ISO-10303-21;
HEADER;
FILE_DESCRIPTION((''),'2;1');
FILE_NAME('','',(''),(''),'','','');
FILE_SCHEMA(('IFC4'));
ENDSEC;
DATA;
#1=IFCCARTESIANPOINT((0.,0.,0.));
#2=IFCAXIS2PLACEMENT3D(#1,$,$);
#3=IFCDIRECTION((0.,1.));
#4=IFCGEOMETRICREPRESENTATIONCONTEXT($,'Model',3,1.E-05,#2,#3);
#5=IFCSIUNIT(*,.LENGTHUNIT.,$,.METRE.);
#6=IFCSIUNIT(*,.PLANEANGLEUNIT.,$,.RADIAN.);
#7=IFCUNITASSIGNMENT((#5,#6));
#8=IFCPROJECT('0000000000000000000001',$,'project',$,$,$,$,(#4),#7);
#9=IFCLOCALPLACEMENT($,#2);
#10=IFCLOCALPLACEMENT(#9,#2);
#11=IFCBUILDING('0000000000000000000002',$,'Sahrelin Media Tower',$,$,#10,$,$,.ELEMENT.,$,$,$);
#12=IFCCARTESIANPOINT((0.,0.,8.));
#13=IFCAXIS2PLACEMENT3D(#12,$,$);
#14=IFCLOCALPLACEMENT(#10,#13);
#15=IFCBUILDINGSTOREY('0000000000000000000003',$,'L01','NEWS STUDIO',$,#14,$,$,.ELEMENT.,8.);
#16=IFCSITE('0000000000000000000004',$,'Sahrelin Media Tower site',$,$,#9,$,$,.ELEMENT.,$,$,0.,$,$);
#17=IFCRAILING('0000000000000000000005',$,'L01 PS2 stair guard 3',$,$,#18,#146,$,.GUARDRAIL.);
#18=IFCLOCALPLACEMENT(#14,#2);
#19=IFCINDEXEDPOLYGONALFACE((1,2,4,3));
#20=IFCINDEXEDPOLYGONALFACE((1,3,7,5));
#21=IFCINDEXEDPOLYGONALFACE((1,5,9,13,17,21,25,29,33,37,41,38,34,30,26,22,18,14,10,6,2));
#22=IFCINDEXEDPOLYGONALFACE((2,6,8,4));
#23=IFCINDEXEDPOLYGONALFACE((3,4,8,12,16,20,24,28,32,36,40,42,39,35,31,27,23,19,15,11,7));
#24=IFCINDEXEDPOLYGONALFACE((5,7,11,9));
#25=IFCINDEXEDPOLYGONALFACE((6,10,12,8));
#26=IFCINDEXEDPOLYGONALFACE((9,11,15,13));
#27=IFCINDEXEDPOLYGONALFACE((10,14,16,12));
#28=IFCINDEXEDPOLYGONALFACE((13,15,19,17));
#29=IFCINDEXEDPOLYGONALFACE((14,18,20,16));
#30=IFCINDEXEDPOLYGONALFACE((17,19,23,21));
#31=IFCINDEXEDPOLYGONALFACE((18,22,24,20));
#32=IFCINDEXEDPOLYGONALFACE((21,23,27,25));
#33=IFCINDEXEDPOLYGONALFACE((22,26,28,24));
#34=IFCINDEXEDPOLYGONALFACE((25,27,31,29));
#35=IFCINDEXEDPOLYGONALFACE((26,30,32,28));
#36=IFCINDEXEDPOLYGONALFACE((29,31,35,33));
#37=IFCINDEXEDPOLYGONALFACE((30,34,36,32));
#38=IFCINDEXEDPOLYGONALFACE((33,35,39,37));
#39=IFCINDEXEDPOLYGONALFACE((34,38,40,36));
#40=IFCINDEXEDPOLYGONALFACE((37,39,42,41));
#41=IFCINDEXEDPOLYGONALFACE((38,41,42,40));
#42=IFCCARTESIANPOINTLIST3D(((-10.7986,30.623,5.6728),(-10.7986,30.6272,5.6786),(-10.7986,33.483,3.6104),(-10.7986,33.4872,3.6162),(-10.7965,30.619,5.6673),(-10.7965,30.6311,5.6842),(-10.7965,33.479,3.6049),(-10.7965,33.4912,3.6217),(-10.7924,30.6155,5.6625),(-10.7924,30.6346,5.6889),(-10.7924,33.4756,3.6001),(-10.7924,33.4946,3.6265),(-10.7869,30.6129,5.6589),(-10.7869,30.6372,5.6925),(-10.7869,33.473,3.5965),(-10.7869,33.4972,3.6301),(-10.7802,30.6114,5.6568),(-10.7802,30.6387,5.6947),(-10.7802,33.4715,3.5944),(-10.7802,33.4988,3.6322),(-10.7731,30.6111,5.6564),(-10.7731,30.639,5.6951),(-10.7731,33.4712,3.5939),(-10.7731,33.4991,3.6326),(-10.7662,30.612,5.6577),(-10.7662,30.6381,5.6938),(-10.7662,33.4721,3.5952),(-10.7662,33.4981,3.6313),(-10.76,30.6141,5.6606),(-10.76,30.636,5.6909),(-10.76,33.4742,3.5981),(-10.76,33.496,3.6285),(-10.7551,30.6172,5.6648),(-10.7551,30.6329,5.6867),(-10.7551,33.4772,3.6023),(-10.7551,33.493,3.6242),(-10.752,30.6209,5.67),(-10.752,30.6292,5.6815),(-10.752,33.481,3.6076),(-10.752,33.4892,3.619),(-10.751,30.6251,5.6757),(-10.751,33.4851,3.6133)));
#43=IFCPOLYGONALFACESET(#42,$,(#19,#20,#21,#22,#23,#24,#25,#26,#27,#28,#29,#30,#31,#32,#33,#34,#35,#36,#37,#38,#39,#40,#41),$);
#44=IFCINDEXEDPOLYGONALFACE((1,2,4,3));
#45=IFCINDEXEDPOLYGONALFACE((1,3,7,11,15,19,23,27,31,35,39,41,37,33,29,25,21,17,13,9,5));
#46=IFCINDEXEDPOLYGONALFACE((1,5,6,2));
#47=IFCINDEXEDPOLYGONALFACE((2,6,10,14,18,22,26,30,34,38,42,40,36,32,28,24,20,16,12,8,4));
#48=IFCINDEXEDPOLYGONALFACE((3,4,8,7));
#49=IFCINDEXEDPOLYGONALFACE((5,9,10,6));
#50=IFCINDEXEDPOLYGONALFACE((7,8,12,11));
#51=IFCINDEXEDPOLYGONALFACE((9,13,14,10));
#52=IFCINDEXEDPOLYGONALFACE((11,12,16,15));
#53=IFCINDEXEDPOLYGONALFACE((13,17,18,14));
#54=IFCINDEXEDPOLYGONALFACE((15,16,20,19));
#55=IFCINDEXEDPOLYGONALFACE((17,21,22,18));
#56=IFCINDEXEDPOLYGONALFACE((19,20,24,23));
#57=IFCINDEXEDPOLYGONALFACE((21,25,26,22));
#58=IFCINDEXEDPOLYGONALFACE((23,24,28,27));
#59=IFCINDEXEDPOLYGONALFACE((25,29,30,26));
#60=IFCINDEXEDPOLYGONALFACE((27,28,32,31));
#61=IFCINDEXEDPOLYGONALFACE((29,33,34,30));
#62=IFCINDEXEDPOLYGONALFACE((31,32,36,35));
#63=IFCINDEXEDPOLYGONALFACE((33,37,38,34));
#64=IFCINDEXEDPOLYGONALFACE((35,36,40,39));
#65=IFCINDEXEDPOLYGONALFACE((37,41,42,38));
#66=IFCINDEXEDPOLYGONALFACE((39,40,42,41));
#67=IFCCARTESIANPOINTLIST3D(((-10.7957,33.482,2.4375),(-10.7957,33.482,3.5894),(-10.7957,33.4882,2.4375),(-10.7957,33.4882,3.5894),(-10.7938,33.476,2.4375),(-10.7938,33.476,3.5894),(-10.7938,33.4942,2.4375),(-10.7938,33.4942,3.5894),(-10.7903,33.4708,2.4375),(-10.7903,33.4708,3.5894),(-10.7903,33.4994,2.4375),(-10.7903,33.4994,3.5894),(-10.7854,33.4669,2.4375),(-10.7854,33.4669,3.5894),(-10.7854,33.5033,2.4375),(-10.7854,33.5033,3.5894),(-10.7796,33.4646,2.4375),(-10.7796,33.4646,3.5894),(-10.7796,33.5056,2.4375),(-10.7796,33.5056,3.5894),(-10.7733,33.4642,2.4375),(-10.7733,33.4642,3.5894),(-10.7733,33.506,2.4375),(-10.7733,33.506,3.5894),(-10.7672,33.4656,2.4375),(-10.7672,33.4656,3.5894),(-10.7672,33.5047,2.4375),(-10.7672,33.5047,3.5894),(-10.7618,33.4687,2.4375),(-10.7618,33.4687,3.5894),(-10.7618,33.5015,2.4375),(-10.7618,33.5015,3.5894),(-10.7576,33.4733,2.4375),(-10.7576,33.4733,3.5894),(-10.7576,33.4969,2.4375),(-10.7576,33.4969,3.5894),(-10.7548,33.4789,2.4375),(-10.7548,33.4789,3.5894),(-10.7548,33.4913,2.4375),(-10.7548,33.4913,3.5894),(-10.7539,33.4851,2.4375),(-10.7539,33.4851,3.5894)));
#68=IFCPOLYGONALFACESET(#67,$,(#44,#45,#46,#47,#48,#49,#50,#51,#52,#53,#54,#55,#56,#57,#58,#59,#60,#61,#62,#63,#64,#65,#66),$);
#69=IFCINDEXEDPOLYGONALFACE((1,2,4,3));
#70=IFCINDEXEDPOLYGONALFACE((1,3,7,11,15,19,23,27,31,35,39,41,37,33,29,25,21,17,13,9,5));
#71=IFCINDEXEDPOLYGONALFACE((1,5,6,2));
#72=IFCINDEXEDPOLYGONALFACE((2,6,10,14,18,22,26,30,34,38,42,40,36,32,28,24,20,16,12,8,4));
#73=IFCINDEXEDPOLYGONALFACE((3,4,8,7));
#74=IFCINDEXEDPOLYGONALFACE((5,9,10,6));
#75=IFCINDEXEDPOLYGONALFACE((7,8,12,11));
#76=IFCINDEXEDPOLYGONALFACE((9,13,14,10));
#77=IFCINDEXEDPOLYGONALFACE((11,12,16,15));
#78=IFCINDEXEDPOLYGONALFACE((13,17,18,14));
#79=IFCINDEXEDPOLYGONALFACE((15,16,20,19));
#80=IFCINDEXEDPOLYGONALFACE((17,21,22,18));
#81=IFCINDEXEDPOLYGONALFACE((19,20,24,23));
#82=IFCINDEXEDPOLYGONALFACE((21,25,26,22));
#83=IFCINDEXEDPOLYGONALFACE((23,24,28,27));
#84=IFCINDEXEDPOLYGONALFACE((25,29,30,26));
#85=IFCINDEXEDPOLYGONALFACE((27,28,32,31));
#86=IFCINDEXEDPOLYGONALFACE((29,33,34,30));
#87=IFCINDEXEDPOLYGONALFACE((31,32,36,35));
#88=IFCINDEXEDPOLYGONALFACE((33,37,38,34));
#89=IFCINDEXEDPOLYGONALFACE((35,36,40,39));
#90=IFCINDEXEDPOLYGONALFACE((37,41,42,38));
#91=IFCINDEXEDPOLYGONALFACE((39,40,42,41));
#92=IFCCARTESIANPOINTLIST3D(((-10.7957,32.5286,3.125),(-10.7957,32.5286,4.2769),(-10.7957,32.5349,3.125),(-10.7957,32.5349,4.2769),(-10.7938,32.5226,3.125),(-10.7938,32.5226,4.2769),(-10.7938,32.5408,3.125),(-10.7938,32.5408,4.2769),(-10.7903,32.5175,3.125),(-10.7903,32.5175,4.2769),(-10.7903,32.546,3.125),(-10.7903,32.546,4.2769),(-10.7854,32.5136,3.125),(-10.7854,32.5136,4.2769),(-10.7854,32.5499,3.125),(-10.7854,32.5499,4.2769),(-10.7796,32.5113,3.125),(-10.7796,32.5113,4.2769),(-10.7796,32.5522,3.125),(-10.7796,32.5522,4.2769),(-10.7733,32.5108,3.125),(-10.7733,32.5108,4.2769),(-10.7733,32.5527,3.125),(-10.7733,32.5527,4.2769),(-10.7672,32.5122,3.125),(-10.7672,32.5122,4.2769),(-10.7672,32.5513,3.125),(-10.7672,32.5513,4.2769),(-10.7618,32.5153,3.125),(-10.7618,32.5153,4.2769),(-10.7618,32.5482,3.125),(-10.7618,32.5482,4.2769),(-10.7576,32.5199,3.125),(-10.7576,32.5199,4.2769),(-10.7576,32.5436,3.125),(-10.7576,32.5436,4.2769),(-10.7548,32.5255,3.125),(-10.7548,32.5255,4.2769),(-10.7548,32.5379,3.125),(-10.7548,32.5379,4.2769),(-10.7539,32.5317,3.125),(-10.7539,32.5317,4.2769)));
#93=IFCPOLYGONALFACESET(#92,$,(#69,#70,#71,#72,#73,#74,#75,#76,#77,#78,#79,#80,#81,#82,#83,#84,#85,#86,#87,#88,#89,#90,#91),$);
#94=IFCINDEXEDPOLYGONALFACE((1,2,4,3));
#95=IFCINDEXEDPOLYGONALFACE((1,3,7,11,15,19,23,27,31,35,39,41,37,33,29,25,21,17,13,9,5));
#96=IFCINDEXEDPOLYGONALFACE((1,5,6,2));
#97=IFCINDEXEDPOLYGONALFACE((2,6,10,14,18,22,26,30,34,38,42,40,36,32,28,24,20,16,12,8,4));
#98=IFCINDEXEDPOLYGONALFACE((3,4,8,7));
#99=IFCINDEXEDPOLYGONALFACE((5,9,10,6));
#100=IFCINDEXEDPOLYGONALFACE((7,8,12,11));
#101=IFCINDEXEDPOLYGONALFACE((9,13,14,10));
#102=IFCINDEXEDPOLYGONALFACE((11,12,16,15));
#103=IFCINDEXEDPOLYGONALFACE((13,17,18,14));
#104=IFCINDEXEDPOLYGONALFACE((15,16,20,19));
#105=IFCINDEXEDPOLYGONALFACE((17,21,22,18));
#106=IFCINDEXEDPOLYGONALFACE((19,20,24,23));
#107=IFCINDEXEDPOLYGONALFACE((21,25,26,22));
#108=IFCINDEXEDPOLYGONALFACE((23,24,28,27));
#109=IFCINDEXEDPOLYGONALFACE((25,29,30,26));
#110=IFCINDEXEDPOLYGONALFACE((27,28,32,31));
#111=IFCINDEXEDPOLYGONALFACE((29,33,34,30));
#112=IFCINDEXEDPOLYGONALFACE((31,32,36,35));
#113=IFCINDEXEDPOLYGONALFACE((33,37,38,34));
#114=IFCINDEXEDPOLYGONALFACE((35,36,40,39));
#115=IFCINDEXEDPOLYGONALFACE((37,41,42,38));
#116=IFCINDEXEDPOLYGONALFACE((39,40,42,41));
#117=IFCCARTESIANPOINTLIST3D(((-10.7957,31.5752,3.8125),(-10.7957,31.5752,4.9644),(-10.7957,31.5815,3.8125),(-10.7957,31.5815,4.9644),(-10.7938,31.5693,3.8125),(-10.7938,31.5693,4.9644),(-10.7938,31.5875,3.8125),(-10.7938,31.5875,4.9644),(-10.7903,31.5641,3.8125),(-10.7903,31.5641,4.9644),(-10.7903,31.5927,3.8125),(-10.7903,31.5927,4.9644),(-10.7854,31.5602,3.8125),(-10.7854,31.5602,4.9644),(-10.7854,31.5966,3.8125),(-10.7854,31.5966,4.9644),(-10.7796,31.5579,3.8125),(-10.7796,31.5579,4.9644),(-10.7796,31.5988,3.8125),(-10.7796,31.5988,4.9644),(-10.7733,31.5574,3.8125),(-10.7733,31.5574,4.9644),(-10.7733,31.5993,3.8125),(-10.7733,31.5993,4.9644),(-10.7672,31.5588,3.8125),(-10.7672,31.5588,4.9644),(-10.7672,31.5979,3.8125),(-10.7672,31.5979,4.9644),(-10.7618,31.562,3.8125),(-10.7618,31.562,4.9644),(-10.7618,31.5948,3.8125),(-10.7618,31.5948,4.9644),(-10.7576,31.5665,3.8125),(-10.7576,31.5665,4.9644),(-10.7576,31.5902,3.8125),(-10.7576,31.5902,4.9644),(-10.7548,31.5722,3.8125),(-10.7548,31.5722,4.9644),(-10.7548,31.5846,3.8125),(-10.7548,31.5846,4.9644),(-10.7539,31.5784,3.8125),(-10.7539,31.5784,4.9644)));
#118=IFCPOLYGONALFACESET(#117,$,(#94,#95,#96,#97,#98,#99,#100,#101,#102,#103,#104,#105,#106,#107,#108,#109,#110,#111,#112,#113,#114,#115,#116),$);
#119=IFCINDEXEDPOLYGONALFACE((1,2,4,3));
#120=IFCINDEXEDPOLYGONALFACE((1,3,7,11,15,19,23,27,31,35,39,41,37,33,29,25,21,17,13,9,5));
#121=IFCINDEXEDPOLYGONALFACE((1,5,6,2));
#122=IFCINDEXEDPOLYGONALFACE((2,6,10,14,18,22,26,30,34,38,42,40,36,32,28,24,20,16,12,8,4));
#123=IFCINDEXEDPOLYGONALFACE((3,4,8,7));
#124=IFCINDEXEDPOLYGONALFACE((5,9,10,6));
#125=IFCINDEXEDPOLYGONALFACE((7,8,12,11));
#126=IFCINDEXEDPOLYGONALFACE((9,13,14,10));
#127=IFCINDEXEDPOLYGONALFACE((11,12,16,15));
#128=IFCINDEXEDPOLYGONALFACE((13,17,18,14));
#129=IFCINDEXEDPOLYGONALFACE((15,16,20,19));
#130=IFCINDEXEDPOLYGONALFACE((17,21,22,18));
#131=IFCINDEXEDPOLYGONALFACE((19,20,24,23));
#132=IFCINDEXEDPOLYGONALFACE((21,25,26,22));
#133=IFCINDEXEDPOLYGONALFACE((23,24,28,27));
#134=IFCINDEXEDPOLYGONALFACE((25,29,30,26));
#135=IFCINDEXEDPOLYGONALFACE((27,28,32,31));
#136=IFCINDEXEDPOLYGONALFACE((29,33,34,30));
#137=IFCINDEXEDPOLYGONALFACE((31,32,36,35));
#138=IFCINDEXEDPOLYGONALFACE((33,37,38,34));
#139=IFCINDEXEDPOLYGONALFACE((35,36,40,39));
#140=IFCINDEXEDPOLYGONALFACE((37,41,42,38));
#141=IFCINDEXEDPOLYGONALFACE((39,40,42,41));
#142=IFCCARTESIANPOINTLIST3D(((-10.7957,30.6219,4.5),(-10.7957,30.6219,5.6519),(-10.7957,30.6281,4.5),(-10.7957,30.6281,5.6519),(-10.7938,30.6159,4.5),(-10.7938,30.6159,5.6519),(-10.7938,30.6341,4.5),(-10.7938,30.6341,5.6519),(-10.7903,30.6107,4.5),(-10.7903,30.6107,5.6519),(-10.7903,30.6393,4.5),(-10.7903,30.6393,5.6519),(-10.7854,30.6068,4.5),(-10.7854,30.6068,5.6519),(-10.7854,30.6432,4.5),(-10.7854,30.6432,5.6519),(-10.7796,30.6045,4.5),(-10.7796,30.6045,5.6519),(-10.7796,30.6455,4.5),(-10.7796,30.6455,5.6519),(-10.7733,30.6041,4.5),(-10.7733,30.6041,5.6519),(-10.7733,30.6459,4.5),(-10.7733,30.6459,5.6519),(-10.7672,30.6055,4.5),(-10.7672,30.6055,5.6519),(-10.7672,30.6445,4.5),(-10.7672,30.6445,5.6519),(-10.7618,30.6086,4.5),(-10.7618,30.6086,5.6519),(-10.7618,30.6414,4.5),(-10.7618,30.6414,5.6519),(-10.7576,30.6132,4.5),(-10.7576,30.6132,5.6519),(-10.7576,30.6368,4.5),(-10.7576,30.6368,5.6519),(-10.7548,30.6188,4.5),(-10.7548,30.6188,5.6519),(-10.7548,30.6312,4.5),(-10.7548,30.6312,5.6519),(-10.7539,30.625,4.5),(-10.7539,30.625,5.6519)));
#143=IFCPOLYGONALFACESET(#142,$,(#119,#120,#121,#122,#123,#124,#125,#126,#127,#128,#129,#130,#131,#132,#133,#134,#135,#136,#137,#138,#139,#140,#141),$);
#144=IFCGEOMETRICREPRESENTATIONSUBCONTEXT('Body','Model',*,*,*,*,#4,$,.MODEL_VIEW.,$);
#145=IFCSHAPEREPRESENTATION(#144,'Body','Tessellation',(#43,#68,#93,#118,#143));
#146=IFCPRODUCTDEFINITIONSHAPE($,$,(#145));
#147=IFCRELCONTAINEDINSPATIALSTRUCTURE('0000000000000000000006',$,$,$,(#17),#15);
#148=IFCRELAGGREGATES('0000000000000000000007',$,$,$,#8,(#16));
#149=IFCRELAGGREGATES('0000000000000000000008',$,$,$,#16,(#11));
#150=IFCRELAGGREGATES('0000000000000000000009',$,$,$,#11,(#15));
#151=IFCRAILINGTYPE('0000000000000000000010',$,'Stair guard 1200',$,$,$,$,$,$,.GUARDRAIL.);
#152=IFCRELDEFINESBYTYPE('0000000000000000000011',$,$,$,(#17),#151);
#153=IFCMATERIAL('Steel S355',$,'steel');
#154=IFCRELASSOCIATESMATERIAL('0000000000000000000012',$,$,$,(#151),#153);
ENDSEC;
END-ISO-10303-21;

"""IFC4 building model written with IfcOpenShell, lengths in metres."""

from ifc_helpers import new_model, si_unit, direction, frame, origin, origin_2d, place, context, subcontext, project, spatial, circle, extrude, material, type_object, element, save


model = new_model("IFC4")

# Units and contexts
model_context = context("Model", 3, precision=1e-05, world=origin(), true_north=direction((0.0, 1.0)))
body_context = subcontext(model_context, "Body", "Model", "MODEL_VIEW")
ifc_project = project(units=[si_unit("LENGTHUNIT", "METRE"), si_unit("PLANEANGLEUNIT", "RADIAN")], contexts=[model_context])

# Site, building, storey
site_placement = place(None, origin())
site = spatial("IfcSite", under=ifc_project, at=site_placement, Name="Sahrelin Media Tower site", CompositionType="ELEMENT", RefElevation=0.0)
building_placement = place(site_placement, origin())
building = spatial("IfcBuilding", under=site, at=building_placement, Name="Sahrelin Media Tower", CompositionType="ELEMENT")
storey_placement = place(building_placement, frame((0.0, 0.0, 8.0)))
storey = spatial("IfcBuildingStorey", under=building, at=storey_placement, Name="L01", Description="NEWS STUDIO", CompositionType="ELEMENT", Elevation=8.0)

# Shared definitions
ifc_material_1 = material(Name="Steel S355", Category="steel")

# Railing
railing_type_1 = type_object("IfcRailingType", Name="Stair guard 1200", PredefinedType="GUARDRAIL", material=ifc_material_1)
railing_1_placement = place(storey_placement, frame((-10.7749, 33.4851, 2.4375)))
element("IfcRailing", 1, at=railing_1_placement, inside=storey, type_object=railing_type_1, Name="L01 PS2 stair guard 3", PredefinedType="GUARDRAIL", context=body_context, shape_type="SweptSolid", body=[
    extrude(circle(Radius=0.0239, at=origin_2d()), frame((0.0, 0.0, 1.1758), z_axis=(0.0, -0.811101, 0.584906), x_axis=(1.0, 0.0, 0.0)), (0.0, 0.0, 1.0), 3.5261),
    extrude(circle(Radius=0.021, at=origin_2d()), origin(), (0.0, 0.0, 1.0), 1.1519),
    extrude(circle(Radius=0.021, at=origin_2d()), frame((0.0, -0.9534, 0.6875)), (0.0, 0.0, 1.0), 1.1519),
    extrude(circle(Radius=0.021, at=origin_2d()), frame((0.0, -1.9067, 1.375)), (0.0, 0.0, 1.0), 1.1519),
    extrude(circle(Radius=0.021, at=origin_2d()), frame((0.0, -2.8601, 2.0625)), (0.0, 0.0, 1.0), 1.1519),
])

save(model, "model.ifc")
